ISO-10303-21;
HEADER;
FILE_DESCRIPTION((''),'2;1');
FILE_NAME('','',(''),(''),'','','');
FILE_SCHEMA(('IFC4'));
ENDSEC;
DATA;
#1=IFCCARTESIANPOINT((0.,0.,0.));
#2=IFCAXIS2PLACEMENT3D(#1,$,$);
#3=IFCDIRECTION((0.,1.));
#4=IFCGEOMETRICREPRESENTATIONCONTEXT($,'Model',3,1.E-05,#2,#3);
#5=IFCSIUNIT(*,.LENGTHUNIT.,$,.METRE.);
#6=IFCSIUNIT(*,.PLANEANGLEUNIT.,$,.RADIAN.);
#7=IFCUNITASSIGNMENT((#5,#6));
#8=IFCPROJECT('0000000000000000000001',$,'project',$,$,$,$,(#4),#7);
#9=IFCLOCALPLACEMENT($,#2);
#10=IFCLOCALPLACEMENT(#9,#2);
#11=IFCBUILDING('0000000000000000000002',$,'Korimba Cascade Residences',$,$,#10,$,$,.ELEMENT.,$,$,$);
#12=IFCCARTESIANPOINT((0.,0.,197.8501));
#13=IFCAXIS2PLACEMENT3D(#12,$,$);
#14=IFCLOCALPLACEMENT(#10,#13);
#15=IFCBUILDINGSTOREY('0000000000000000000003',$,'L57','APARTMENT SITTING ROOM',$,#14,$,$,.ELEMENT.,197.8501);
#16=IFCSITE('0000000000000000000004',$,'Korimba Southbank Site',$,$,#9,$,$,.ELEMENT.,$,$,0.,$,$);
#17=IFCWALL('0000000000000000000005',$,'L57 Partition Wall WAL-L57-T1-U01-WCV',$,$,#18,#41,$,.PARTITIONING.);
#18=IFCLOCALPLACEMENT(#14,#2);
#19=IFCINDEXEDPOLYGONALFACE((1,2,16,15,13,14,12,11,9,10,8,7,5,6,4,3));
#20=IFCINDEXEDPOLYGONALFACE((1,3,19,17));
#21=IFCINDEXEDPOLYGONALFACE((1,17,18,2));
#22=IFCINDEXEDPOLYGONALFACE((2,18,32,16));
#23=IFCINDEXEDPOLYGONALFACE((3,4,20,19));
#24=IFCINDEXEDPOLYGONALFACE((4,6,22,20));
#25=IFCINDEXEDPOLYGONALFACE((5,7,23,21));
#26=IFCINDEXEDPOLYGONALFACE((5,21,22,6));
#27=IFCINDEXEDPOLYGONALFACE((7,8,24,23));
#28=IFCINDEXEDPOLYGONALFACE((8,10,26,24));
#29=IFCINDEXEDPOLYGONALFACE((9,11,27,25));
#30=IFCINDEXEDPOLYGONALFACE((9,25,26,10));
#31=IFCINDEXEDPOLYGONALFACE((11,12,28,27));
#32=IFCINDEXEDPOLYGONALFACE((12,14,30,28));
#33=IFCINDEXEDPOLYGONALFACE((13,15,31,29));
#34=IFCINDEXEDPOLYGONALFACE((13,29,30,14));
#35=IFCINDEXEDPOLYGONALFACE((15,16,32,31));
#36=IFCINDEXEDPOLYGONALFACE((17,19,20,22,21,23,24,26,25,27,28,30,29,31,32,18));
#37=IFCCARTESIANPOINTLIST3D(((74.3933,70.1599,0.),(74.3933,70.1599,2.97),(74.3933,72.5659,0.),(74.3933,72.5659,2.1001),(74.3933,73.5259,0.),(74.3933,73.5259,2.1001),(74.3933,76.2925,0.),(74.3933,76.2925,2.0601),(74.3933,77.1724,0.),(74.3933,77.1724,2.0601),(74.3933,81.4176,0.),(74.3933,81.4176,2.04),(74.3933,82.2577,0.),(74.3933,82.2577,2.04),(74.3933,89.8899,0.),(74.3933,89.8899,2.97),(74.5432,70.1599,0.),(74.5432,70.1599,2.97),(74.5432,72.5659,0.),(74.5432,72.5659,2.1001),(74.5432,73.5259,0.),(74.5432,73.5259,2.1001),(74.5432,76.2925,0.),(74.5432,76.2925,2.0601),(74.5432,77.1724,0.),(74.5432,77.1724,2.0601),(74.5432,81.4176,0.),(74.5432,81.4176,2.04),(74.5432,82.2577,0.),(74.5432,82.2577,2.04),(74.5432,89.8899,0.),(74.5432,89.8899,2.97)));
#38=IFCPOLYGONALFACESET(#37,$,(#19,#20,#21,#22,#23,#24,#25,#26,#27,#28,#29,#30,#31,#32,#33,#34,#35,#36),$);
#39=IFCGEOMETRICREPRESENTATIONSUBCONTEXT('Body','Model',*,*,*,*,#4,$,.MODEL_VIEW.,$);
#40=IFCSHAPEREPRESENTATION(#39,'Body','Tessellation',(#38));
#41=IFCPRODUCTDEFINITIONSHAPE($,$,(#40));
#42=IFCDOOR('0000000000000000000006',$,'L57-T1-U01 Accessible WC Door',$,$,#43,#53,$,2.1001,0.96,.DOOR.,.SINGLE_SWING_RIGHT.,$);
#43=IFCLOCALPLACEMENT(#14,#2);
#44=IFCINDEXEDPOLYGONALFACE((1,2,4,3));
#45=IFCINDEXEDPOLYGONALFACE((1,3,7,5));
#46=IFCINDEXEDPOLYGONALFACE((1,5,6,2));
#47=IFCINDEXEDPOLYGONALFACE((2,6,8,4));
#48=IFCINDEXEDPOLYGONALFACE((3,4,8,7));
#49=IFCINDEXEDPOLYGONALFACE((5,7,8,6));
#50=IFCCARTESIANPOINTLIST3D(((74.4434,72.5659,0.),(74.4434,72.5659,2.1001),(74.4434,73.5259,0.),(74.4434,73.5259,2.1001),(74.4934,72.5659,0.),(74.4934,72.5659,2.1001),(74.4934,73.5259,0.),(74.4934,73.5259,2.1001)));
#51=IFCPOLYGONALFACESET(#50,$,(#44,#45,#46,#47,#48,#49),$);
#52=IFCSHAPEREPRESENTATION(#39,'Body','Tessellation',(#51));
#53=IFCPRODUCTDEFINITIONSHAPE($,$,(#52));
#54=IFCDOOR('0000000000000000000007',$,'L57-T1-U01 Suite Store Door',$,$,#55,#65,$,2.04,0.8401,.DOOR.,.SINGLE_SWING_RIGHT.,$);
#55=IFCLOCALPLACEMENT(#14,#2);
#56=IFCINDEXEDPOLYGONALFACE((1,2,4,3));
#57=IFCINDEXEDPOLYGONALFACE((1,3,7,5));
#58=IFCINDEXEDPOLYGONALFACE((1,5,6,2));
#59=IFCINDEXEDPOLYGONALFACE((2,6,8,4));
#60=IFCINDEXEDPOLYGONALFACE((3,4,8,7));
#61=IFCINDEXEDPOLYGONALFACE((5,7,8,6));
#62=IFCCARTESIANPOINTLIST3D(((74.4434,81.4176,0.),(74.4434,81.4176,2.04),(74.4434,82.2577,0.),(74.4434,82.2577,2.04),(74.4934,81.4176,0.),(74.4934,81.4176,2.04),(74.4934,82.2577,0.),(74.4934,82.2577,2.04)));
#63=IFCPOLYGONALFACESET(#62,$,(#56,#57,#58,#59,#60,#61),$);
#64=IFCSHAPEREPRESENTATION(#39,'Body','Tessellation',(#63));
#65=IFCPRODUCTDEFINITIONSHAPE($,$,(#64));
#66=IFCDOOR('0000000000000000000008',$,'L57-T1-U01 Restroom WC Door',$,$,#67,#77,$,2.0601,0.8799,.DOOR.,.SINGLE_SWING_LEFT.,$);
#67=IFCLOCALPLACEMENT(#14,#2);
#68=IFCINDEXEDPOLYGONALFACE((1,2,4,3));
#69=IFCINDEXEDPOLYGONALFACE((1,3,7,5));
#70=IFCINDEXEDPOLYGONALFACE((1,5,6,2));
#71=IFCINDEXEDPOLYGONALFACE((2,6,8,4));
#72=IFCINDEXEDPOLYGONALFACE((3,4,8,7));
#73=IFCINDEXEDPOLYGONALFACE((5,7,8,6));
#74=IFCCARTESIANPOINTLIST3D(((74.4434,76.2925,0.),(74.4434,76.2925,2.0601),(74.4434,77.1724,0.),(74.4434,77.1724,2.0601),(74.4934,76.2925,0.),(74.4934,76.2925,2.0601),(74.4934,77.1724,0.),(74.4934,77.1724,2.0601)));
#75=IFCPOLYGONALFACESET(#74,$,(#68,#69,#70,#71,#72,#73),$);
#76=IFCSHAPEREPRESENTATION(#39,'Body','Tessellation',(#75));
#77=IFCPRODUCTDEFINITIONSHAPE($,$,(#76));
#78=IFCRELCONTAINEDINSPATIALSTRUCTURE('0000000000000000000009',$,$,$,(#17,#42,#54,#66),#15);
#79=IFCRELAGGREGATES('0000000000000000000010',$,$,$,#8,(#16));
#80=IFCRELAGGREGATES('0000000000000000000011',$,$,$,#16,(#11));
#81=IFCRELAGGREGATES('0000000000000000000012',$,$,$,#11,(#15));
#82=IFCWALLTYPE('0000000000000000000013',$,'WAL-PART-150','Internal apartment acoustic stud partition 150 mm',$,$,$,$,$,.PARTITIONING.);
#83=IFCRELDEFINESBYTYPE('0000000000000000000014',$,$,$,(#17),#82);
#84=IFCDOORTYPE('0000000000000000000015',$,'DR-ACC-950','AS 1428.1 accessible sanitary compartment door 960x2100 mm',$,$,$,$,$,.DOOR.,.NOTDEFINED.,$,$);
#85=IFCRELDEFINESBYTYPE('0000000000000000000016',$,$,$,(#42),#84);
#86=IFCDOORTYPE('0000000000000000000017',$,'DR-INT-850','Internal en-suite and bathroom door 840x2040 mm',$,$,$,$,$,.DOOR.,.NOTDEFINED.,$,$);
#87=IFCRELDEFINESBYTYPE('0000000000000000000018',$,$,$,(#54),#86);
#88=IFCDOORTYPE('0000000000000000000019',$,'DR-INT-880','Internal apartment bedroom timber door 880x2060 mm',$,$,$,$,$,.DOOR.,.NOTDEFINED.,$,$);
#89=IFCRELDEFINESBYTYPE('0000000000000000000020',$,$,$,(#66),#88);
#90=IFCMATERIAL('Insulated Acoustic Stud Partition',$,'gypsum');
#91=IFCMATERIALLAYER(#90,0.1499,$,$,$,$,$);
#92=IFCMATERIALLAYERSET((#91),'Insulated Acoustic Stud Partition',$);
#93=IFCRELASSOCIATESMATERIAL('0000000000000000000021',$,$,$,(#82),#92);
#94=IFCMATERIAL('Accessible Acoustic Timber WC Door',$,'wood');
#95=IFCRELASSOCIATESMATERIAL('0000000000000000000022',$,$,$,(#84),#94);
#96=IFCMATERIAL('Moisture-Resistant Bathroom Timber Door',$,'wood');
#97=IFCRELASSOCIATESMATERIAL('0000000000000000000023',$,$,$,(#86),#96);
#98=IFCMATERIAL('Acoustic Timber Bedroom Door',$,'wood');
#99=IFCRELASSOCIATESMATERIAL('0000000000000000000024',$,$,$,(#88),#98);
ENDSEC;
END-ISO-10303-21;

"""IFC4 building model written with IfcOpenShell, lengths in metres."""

from ifc_helpers import new_model, si_unit, direction, frame, frame_2d, origin, place, context, subcontext, project, spatial, rectangle, extrude, material, layer, layer_set, type_object, element, fill, save


model = new_model("IFC4")

# Units and contexts
model_context = context("Model", 3, precision=1e-05, world=origin(), true_north=direction((0.0, 1.0)))
body_context = subcontext(model_context, "Body", "Model", "MODEL_VIEW")
ifc_project = project(units=[si_unit("LENGTHUNIT", "METRE"), si_unit("PLANEANGLEUNIT", "RADIAN")], contexts=[model_context])

# Site, building, storey
site_placement = place(None, origin())
site = spatial("IfcSite", under=ifc_project, at=site_placement, Name="Korimba Southbank Site", CompositionType="ELEMENT", RefElevation=0.0)
building_placement = place(site_placement, origin())
building = spatial("IfcBuilding", under=site, at=building_placement, Name="Korimba Cascade Residences", CompositionType="ELEMENT")
storey_placement = place(building_placement, frame((0.0, 0.0, 197.8501)))
storey = spatial("IfcBuildingStorey", under=building, at=storey_placement, Name="L57", Description="APARTMENT SITTING ROOM", CompositionType="ELEMENT", Elevation=197.8501)

# Shared definitions
ifc_material_1 = material(Name="Insulated Acoustic Stud Partition", Category="gypsum")
ifc_layer_1 = layer(ifc_material_1, 0.1499)
ifc_layer_set_1 = layer_set([ifc_layer_1], Name="Insulated Acoustic Stud Partition")
wall_type_1 = type_object("IfcWallType", Name="WAL-PART-150", Description="Internal apartment acoustic stud partition 150 mm", PredefinedType="PARTITIONING", material=ifc_layer_set_1)

# Wall, openings, doors
wall_1_placement = place(storey_placement, frame((74.4683, 70.1599, 0.0), z_axis=(0.0, 0.0, 1.0), x_axis=(0.0, 1.0, 0.0)))
wall_1 = element("IfcWall", 1, at=wall_1_placement, inside=storey, type_object=wall_type_1, Name="L57 Partition Wall WAL-L57-T1-U01-WCV", PredefinedType="PARTITIONING", context=body_context, shape_type="SweptSolid", body=[
    extrude(rectangle(XDim=19.73, YDim=0.1499, at=frame_2d((9.865, 0.0))), origin(), (0.0, 0.0, 1.0), 2.97),
])
opening_1_placement = place(wall_1_placement, frame((2.406, 0.0, 0.0)))
opening_1 = element("IfcOpeningElement", 2, at=opening_1_placement, cuts=wall_1, PredefinedType="OPENING", context=body_context, shape_type="SweptSolid", body=[
    extrude(rectangle(XDim=0.96, YDim=2.1001, at=frame_2d((0.48, 1.05))), frame((0.0, 0.085, 0.0), z_axis=(0.0, -1.0, 0.0), x_axis=(1.0, 0.0, 0.0)), (0.0, 0.0, 1.0), 0.1699),
])
opening_2_placement = place(wall_1_placement, frame((6.1326, 0.0, 0.0)))
opening_2 = element("IfcOpeningElement", 3, at=opening_2_placement, cuts=wall_1, PredefinedType="OPENING", context=body_context, shape_type="SweptSolid", body=[
    extrude(rectangle(XDim=0.8799, YDim=2.0601, at=frame_2d((0.4399, 1.03))), frame((0.0, 0.085, 0.0), z_axis=(0.0, -1.0, 0.0), x_axis=(1.0, 0.0, 0.0)), (0.0, 0.0, 1.0), 0.1699),
])
opening_3_placement = place(wall_1_placement, frame((11.2578, 0.0, 0.0)))
opening_3 = element("IfcOpeningElement", 4, at=opening_3_placement, cuts=wall_1, PredefinedType="OPENING", context=body_context, shape_type="SweptSolid", body=[
    extrude(rectangle(XDim=0.8401, YDim=2.04, at=frame_2d((0.4199, 1.02))), frame((0.0, 0.085, 0.0), z_axis=(0.0, -1.0, 0.0), x_axis=(1.0, 0.0, 0.0)), (0.0, 0.0, 1.0), 0.1699),
])
ifc_material_2 = material(Name="Accessible Acoustic Timber WC Door", Category="wood")
door_type_1 = type_object("IfcDoorType", Name="DR-ACC-950", Description="AS 1428.1 accessible sanitary compartment door 960x2100 mm", OperationType="NOTDEFINED", PredefinedType="DOOR", material=ifc_material_2)
door_1_placement = place(opening_1_placement, origin())
door_1 = element("IfcDoor", 5, at=door_1_placement, inside=storey, type_object=door_type_1, Name="L57-T1-U01 Accessible WC Door", OperationType="SINGLE_SWING_RIGHT", OverallHeight=2.1001, OverallWidth=0.96, PredefinedType="DOOR", context=body_context, shape_type="SweptSolid", body=[
    extrude(rectangle(XDim=0.96, YDim=2.1001, at=frame_2d((0.48, 1.05))), frame((0.0, 0.0249, 0.0), z_axis=(0.0, -1.0, 0.0), x_axis=(1.0, 0.0, 0.0)), (0.0, 0.0, 1.0), 0.05),
])
fill(opening_1, door_1)
ifc_material_3 = material(Name="Moisture-Resistant Bathroom Timber Door", Category="wood")
door_type_2 = type_object("IfcDoorType", Name="DR-INT-850", Description="Internal en-suite and bathroom door 840x2040 mm", OperationType="NOTDEFINED", PredefinedType="DOOR", material=ifc_material_3)
door_2_placement = place(opening_3_placement, origin())
door_2 = element("IfcDoor", 6, at=door_2_placement, inside=storey, type_object=door_type_2, Name="L57-T1-U01 Suite Store Door", OperationType="SINGLE_SWING_RIGHT", OverallHeight=2.04, OverallWidth=0.8401, PredefinedType="DOOR", context=body_context, shape_type="SweptSolid", body=[
    extrude(rectangle(XDim=0.8401, YDim=2.04, at=frame_2d((0.4199, 1.02))), frame((0.0, 0.0249, 0.0), z_axis=(0.0, -1.0, 0.0), x_axis=(1.0, 0.0, 0.0)), (0.0, 0.0, 1.0), 0.05),
])
fill(opening_3, door_2)
ifc_material_4 = material(Name="Acoustic Timber Bedroom Door", Category="wood")
door_type_3 = type_object("IfcDoorType", Name="DR-INT-880", Description="Internal apartment bedroom timber door 880x2060 mm", OperationType="NOTDEFINED", PredefinedType="DOOR", material=ifc_material_4)
door_3_placement = place(opening_2_placement, origin())
door_3 = element("IfcDoor", 7, at=door_3_placement, inside=storey, type_object=door_type_3, Name="L57-T1-U01 Restroom WC Door", OperationType="SINGLE_SWING_LEFT", OverallHeight=2.0601, OverallWidth=0.8799, PredefinedType="DOOR", context=body_context, shape_type="SweptSolid", body=[
    extrude(rectangle(XDim=0.8799, YDim=2.0601, at=frame_2d((0.4399, 1.03))), frame((0.0, 0.0249, 0.0), z_axis=(0.0, -1.0, 0.0), x_axis=(1.0, 0.0, 0.0)), (0.0, 0.0, 1.0), 0.05),
])
fill(opening_2, door_3)

save(model, "model.ifc")
